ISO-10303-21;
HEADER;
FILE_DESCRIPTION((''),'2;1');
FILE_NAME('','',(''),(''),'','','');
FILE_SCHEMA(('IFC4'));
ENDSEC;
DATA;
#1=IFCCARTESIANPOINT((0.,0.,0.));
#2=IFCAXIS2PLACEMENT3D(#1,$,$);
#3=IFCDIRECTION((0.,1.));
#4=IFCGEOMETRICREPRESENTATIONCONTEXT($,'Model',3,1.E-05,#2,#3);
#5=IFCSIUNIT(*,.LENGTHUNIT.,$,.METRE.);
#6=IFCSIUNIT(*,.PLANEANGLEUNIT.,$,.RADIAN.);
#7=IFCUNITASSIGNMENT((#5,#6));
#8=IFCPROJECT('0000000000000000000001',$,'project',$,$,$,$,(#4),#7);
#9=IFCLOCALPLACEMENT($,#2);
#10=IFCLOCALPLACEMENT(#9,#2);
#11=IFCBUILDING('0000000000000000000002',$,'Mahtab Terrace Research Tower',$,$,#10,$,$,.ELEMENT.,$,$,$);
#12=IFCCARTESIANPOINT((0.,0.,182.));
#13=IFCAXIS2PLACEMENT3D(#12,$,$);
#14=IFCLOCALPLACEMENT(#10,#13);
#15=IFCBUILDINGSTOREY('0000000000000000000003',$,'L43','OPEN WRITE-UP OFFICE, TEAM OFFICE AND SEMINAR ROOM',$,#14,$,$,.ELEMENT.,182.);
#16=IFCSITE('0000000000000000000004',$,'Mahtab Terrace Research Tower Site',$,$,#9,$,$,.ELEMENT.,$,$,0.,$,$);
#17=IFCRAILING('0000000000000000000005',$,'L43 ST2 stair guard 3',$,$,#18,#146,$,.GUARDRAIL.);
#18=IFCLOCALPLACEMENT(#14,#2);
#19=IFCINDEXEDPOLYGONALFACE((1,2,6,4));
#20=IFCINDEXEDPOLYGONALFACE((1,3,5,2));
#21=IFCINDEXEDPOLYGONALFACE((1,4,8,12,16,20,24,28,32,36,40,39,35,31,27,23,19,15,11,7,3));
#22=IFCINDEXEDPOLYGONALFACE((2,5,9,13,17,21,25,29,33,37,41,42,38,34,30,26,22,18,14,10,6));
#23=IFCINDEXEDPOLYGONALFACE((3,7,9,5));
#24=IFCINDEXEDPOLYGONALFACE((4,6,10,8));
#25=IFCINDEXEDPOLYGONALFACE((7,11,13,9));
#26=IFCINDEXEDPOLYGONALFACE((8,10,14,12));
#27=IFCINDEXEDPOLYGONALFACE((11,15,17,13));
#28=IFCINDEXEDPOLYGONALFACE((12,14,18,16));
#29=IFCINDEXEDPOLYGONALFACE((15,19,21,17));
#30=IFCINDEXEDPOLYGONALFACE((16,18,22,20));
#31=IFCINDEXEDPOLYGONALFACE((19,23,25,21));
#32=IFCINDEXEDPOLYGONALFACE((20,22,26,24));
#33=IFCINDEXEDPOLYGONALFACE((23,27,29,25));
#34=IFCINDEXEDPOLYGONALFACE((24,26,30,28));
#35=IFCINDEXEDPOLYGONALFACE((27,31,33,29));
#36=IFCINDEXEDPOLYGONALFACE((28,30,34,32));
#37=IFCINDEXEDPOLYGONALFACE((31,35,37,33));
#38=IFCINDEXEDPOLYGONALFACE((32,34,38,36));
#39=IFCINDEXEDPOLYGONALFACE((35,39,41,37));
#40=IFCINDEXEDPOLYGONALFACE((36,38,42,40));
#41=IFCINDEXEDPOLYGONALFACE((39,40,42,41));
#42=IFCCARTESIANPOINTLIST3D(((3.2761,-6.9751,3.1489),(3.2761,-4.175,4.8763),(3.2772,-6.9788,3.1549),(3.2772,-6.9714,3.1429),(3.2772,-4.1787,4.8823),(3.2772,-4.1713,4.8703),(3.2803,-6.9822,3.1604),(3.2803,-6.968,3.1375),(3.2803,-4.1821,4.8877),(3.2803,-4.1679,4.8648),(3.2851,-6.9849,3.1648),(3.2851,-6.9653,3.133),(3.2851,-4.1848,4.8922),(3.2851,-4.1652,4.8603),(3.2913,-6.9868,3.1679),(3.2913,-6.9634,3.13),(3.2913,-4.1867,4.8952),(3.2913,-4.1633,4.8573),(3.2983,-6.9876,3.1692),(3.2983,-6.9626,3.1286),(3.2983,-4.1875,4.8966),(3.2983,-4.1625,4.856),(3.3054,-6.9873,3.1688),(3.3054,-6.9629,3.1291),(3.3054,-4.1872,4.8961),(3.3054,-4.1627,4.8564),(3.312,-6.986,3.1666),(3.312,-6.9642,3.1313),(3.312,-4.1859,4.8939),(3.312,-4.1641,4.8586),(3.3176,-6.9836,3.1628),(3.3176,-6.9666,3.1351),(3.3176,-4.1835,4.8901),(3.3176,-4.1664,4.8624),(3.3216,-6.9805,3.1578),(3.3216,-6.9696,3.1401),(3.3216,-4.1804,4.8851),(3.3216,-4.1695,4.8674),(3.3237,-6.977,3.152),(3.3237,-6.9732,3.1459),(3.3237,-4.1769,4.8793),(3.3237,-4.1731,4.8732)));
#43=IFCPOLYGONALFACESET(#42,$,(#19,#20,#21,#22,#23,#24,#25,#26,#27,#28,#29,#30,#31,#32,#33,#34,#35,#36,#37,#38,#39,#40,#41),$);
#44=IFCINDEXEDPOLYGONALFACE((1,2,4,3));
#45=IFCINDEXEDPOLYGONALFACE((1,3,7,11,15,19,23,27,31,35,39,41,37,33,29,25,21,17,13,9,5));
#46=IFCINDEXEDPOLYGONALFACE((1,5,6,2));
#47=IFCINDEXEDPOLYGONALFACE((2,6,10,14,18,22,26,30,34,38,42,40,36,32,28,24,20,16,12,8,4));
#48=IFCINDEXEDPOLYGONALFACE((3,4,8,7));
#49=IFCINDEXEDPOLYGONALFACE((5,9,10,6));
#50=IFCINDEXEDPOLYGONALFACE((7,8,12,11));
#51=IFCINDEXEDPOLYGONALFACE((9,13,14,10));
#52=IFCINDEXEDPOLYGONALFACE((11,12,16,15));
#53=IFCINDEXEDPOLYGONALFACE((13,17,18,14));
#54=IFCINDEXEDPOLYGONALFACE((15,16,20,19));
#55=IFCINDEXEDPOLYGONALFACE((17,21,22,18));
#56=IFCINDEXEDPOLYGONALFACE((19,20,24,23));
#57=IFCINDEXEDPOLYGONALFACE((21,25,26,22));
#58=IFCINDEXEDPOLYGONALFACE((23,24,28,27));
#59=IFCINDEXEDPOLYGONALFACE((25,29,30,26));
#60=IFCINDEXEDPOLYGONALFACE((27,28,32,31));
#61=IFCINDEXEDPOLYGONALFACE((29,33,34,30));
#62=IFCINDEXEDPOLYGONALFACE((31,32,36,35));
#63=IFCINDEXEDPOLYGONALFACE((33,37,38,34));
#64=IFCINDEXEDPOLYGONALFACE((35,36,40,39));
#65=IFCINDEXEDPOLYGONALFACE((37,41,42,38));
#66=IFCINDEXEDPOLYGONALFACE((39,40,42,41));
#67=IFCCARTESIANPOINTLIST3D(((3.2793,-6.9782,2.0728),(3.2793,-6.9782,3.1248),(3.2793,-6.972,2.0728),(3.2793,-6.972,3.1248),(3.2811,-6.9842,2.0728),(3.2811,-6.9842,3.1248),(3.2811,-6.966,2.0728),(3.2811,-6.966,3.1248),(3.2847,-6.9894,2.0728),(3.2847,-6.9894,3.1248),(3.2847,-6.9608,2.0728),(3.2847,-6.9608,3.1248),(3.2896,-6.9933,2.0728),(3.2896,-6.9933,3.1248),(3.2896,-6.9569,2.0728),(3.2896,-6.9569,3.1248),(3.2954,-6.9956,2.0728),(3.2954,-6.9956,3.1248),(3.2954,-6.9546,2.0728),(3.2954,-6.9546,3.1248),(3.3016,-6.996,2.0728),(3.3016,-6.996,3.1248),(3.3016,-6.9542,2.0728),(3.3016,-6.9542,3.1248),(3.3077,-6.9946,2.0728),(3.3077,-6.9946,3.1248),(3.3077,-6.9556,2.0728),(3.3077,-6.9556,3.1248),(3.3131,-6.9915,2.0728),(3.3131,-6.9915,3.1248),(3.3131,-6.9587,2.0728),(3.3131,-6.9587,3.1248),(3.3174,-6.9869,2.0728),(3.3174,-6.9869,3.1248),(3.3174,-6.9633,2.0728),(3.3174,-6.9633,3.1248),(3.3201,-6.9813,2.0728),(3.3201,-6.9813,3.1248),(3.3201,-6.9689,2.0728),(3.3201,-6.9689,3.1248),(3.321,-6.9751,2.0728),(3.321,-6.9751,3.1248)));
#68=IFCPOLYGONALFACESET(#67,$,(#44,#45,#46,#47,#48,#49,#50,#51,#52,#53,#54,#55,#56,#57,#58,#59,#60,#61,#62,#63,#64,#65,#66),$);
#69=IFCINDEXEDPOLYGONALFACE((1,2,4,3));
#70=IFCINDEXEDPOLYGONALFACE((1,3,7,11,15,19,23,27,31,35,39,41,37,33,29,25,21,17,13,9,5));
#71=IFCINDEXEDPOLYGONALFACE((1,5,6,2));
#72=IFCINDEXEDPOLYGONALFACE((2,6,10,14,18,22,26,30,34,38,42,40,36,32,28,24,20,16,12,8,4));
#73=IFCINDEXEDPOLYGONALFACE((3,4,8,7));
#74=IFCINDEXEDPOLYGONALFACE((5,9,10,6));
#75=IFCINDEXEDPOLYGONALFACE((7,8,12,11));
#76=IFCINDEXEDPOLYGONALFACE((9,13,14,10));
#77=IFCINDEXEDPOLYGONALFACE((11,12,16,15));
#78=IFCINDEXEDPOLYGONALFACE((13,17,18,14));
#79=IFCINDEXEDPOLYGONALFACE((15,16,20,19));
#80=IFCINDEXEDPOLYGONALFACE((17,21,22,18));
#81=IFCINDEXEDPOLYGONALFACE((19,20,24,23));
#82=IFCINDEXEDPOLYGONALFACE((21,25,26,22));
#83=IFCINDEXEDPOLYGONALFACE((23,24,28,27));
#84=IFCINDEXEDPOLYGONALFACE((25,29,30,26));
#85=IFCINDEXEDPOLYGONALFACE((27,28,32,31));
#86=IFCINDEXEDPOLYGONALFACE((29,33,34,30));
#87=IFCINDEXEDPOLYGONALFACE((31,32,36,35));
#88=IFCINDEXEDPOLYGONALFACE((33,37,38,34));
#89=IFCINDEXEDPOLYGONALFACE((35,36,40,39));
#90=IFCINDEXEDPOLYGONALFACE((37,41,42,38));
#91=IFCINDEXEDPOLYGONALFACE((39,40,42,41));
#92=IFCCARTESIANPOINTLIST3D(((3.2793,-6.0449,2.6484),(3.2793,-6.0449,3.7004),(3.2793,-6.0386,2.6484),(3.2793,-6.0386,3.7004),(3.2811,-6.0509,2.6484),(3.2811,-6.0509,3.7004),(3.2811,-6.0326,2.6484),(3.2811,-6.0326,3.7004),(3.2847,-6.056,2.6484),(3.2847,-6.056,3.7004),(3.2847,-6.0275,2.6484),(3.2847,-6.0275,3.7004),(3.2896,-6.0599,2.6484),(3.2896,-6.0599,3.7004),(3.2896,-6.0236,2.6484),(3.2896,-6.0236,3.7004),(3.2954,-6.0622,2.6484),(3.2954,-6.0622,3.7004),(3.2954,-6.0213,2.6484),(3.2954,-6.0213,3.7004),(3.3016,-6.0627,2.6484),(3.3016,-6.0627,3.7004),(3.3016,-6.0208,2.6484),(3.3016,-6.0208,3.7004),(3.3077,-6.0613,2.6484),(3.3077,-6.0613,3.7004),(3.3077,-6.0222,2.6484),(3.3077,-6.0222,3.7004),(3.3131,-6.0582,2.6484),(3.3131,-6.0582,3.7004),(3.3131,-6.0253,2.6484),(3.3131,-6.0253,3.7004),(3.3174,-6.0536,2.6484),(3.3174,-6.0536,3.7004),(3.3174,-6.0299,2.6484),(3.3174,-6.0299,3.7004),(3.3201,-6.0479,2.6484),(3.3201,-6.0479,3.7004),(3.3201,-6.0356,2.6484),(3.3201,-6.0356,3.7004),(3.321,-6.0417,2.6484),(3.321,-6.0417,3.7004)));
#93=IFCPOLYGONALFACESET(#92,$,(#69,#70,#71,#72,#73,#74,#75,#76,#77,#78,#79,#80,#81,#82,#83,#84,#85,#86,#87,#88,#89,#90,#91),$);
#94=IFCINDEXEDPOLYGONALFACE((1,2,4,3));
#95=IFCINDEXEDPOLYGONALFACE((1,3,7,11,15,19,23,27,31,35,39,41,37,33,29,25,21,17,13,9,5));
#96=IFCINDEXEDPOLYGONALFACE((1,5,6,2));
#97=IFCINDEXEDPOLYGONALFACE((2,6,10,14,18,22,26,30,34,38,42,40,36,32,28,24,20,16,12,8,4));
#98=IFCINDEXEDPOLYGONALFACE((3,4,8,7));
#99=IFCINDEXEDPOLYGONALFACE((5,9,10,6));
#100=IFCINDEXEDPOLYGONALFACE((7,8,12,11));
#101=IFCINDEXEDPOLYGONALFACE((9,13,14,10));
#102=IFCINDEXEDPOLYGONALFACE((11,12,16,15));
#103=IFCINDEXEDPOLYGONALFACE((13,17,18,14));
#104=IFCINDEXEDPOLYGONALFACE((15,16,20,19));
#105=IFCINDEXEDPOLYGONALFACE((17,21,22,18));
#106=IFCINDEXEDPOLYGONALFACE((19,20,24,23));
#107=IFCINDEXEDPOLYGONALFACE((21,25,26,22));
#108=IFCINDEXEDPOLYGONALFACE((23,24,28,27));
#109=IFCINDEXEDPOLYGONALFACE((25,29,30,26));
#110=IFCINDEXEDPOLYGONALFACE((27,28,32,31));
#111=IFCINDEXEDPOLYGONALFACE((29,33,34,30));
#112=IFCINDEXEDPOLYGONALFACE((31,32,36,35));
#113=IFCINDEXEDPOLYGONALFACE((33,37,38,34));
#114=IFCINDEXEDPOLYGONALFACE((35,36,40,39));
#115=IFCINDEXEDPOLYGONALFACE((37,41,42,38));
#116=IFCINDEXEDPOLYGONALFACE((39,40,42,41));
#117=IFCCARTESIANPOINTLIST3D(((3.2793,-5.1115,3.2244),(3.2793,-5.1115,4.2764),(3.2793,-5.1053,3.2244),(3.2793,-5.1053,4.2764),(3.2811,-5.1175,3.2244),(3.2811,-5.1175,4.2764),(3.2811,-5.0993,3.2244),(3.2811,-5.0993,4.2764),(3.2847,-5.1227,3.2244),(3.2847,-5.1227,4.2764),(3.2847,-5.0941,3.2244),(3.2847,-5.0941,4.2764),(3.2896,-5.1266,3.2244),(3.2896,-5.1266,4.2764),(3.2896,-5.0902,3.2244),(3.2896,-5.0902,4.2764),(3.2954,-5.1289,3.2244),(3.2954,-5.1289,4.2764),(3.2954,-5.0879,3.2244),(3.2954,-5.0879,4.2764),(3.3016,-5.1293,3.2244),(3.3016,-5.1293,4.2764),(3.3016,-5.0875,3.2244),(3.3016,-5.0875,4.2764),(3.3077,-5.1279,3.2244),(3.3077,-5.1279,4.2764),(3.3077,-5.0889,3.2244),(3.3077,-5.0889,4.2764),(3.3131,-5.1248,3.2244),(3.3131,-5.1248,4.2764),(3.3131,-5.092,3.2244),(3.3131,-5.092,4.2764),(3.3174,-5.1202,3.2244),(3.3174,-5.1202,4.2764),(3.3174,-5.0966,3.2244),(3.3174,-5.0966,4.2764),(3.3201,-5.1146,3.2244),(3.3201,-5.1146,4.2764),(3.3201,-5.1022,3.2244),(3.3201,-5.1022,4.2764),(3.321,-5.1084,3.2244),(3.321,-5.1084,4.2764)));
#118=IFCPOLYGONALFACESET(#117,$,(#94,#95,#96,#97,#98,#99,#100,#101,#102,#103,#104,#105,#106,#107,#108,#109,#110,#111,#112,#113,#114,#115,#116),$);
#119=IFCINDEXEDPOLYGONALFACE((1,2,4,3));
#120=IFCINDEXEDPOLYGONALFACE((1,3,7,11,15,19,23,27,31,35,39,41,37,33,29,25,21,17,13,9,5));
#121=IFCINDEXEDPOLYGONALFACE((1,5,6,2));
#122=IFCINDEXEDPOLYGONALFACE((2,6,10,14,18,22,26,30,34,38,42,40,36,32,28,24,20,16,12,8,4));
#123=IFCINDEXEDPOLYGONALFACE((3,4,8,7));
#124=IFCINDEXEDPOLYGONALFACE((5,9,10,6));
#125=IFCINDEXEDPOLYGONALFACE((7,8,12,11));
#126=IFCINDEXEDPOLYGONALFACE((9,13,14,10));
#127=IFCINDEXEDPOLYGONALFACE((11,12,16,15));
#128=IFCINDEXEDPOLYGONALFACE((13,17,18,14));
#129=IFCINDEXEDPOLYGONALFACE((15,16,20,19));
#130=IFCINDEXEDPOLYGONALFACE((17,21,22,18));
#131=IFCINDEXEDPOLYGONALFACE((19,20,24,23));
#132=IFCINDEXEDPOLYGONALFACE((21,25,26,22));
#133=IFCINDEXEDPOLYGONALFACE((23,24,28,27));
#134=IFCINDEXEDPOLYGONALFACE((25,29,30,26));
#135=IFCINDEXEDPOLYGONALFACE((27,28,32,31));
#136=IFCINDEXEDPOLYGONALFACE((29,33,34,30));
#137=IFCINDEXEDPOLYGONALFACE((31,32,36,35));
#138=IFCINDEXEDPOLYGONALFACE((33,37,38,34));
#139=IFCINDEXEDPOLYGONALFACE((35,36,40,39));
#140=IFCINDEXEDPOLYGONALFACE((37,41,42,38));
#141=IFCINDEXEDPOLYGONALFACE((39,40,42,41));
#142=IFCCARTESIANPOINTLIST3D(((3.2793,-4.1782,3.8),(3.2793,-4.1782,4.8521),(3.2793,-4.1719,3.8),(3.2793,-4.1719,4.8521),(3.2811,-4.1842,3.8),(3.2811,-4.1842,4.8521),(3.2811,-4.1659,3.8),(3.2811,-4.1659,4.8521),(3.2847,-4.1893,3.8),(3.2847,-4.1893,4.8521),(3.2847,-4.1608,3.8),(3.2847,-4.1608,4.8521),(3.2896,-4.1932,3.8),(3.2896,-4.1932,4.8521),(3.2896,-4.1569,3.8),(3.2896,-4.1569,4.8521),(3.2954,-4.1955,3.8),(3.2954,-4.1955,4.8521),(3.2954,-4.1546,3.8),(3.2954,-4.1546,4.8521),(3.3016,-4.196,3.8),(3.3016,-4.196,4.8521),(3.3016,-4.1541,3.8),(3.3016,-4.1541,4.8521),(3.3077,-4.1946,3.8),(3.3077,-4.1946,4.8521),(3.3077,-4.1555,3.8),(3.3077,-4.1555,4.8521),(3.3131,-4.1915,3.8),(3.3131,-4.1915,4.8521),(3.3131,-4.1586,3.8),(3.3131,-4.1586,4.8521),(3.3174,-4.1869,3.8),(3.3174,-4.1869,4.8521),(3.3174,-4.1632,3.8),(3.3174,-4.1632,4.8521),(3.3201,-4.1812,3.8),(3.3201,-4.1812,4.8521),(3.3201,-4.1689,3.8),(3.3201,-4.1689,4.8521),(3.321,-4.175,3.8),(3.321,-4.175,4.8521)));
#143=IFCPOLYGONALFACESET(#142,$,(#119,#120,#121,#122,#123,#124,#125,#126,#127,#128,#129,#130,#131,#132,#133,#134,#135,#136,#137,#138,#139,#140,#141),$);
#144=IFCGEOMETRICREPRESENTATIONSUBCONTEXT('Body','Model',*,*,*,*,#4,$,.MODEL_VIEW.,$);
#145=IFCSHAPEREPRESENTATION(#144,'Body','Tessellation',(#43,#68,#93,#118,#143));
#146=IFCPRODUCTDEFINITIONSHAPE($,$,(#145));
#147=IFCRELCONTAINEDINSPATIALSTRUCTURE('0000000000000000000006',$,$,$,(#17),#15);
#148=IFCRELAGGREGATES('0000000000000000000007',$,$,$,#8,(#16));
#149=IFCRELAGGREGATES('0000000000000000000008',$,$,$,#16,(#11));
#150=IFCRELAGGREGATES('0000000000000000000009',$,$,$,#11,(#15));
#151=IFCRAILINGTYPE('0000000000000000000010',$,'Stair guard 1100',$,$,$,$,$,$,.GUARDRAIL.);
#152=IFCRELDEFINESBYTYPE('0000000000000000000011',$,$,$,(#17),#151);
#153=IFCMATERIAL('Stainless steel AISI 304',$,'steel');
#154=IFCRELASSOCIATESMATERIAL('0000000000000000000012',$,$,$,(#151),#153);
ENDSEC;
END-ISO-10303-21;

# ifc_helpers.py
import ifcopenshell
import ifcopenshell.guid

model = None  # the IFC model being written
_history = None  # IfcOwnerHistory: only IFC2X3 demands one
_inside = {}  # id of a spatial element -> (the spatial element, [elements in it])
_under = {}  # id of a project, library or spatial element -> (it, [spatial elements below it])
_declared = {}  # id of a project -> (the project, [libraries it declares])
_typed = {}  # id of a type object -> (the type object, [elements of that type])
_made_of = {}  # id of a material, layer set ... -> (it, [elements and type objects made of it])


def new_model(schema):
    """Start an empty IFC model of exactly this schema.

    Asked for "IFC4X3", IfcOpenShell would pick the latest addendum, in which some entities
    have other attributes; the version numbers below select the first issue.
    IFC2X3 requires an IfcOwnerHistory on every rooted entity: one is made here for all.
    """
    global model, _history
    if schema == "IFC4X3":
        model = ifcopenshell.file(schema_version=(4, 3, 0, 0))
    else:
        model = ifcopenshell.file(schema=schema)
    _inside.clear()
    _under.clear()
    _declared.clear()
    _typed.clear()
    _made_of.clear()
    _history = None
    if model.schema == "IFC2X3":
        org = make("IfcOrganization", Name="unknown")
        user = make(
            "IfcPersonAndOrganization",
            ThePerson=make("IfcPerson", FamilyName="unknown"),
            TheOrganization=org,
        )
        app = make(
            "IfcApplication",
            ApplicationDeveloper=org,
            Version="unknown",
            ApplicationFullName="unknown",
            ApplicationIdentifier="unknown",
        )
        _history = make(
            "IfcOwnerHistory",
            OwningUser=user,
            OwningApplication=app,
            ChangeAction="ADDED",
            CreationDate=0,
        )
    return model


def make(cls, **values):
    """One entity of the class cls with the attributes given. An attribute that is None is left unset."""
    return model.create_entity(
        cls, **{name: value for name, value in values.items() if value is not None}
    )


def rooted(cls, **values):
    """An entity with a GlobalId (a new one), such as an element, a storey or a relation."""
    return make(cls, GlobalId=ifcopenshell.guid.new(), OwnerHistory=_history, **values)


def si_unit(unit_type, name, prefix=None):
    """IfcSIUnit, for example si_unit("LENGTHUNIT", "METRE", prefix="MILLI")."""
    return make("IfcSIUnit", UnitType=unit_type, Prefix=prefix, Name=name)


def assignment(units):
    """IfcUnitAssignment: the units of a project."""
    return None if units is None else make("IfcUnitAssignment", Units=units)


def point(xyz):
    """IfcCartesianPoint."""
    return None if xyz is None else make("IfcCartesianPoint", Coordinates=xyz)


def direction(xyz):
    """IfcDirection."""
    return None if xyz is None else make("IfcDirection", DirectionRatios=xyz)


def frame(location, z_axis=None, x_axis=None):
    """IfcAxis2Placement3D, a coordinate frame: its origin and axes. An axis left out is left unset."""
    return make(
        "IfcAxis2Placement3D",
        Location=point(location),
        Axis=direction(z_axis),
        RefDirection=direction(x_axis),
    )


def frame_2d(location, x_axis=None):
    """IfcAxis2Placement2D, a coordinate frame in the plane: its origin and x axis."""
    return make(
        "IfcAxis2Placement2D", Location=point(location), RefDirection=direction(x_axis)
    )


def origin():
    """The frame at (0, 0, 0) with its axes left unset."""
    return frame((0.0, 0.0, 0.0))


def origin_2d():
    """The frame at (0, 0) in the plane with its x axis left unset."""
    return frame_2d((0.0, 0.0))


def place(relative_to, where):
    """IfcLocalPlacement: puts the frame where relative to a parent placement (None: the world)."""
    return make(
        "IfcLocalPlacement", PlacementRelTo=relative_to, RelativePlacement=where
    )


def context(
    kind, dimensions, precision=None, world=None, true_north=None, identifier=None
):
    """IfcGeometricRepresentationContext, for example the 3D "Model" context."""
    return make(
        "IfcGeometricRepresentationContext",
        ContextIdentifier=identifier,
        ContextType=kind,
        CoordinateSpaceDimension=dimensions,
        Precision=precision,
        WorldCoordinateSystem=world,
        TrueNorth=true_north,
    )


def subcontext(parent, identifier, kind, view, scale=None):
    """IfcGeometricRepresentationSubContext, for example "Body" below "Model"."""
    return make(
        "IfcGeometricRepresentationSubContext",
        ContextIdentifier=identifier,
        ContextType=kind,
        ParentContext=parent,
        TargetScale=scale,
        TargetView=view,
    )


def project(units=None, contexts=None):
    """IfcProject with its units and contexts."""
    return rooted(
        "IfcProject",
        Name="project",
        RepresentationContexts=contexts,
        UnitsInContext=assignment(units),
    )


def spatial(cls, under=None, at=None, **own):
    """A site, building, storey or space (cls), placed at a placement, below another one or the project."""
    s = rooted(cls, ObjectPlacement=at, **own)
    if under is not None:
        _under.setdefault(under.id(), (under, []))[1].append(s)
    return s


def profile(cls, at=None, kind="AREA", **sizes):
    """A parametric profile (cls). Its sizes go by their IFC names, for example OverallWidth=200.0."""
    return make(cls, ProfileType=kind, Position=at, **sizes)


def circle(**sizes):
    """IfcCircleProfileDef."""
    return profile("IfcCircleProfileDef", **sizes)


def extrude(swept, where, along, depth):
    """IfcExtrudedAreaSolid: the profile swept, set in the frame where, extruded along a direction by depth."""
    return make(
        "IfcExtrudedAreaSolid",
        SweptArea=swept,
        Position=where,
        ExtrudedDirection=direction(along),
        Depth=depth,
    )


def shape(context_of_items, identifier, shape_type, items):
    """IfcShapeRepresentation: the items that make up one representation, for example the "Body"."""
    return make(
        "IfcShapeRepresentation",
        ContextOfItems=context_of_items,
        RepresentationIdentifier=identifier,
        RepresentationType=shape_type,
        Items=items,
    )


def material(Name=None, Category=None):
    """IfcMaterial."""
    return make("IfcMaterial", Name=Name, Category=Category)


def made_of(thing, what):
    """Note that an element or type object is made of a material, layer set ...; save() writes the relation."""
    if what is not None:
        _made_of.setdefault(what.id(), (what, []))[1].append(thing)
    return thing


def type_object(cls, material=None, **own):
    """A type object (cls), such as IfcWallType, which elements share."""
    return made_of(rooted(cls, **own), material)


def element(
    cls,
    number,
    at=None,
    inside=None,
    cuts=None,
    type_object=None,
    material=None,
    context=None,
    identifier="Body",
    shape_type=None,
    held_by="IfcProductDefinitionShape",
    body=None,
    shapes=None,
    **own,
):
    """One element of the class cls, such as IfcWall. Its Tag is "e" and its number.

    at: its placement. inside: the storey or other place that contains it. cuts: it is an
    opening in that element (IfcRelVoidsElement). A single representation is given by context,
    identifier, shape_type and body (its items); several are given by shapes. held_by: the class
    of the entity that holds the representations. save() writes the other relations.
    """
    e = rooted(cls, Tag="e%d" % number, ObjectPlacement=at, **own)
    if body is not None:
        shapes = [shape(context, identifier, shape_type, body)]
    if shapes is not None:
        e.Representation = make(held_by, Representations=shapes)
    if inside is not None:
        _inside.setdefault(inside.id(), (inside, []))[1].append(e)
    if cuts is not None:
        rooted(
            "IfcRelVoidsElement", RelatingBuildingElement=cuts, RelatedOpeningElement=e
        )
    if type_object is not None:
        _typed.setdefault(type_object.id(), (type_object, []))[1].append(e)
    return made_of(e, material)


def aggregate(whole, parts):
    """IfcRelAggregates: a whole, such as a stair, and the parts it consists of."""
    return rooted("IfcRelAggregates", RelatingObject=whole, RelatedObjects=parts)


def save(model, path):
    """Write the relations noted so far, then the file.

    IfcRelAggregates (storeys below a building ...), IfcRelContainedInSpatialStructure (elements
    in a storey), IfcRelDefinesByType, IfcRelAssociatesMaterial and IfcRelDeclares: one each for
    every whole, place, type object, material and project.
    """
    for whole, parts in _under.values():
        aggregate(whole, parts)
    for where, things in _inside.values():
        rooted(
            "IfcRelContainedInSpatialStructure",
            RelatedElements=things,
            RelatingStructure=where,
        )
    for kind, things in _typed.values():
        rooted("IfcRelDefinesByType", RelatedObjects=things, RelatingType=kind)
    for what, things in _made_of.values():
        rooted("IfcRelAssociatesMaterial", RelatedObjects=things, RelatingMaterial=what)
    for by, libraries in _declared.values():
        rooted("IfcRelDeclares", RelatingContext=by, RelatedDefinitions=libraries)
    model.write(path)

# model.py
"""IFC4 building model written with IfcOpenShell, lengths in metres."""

from ifc_helpers import new_model, si_unit, direction, frame, origin, origin_2d, place, context, subcontext, project, spatial, circle, extrude, material, type_object, element, save


model = new_model("IFC4")

# Units and contexts
model_context = context("Model", 3, precision=1e-05, world=origin(), true_north=direction((0.0, 1.0)))
body_context = subcontext(model_context, "Body", "Model", "MODEL_VIEW")
ifc_project = project(units=[si_unit("LENGTHUNIT", "METRE"), si_unit("PLANEANGLEUNIT", "RADIAN")], contexts=[model_context])

# Site, building, storey
site_placement = place(None, origin())
site = spatial("IfcSite", under=ifc_project, at=site_placement, Name="Mahtab Terrace Research Tower Site", CompositionType="ELEMENT", RefElevation=0.0)
building_placement = place(site_placement, origin())
building = spatial("IfcBuilding", under=site, at=building_placement, Name="Mahtab Terrace Research Tower", CompositionType="ELEMENT")
storey_placement = place(building_placement, frame((0.0, 0.0, 182.0)))
storey = spatial("IfcBuildingStorey", under=building, at=storey_placement, Name="L43", Description="OPEN WRITE-UP OFFICE, TEAM OFFICE AND SEMINAR ROOM", CompositionType="ELEMENT", Elevation=182.0)

# Railing
ifc_material_1 = material(Name="Stainless steel AISI 304", Category="steel")
railing_type_1 = type_object("IfcRailingType", Name="Stair guard 1100", PredefinedType="GUARDRAIL", material=ifc_material_1)
railing_1_placement = place(storey_placement, frame((3.3, -6.9751, 2.0728)))
element("IfcRailing", 1, at=railing_1_placement, inside=storey, type_object=railing_type_1, Name="L43 ST2 stair guard 3", PredefinedType="GUARDRAIL", context=body_context, shape_type="SweptSolid", body=[
    extrude(circle(Radius=0.0239, at=origin_2d()), frame((0.0, 0.0, 1.0762), z_axis=(0.0, 0.85109, 0.52502), x_axis=(-1.0, 0.0, 0.0)), (0.0, 0.0, 1.0), 3.29),
    extrude(circle(Radius=0.021, at=origin_2d()), origin(), (0.0, 0.0, 1.0), 1.052),
    extrude(circle(Radius=0.021, at=origin_2d()), frame((0.0, 0.9333, 0.5757)), (0.0, 0.0, 1.0), 1.052),
    extrude(circle(Radius=0.021, at=origin_2d()), frame((0.0, 1.8667, 1.1516)), (0.0, 0.0, 1.0), 1.052),
    extrude(circle(Radius=0.021, at=origin_2d()), frame((0.0, 2.8, 1.7273)), (0.0, 0.0, 1.0), 1.052),
])

save(model, "model.ifc")
